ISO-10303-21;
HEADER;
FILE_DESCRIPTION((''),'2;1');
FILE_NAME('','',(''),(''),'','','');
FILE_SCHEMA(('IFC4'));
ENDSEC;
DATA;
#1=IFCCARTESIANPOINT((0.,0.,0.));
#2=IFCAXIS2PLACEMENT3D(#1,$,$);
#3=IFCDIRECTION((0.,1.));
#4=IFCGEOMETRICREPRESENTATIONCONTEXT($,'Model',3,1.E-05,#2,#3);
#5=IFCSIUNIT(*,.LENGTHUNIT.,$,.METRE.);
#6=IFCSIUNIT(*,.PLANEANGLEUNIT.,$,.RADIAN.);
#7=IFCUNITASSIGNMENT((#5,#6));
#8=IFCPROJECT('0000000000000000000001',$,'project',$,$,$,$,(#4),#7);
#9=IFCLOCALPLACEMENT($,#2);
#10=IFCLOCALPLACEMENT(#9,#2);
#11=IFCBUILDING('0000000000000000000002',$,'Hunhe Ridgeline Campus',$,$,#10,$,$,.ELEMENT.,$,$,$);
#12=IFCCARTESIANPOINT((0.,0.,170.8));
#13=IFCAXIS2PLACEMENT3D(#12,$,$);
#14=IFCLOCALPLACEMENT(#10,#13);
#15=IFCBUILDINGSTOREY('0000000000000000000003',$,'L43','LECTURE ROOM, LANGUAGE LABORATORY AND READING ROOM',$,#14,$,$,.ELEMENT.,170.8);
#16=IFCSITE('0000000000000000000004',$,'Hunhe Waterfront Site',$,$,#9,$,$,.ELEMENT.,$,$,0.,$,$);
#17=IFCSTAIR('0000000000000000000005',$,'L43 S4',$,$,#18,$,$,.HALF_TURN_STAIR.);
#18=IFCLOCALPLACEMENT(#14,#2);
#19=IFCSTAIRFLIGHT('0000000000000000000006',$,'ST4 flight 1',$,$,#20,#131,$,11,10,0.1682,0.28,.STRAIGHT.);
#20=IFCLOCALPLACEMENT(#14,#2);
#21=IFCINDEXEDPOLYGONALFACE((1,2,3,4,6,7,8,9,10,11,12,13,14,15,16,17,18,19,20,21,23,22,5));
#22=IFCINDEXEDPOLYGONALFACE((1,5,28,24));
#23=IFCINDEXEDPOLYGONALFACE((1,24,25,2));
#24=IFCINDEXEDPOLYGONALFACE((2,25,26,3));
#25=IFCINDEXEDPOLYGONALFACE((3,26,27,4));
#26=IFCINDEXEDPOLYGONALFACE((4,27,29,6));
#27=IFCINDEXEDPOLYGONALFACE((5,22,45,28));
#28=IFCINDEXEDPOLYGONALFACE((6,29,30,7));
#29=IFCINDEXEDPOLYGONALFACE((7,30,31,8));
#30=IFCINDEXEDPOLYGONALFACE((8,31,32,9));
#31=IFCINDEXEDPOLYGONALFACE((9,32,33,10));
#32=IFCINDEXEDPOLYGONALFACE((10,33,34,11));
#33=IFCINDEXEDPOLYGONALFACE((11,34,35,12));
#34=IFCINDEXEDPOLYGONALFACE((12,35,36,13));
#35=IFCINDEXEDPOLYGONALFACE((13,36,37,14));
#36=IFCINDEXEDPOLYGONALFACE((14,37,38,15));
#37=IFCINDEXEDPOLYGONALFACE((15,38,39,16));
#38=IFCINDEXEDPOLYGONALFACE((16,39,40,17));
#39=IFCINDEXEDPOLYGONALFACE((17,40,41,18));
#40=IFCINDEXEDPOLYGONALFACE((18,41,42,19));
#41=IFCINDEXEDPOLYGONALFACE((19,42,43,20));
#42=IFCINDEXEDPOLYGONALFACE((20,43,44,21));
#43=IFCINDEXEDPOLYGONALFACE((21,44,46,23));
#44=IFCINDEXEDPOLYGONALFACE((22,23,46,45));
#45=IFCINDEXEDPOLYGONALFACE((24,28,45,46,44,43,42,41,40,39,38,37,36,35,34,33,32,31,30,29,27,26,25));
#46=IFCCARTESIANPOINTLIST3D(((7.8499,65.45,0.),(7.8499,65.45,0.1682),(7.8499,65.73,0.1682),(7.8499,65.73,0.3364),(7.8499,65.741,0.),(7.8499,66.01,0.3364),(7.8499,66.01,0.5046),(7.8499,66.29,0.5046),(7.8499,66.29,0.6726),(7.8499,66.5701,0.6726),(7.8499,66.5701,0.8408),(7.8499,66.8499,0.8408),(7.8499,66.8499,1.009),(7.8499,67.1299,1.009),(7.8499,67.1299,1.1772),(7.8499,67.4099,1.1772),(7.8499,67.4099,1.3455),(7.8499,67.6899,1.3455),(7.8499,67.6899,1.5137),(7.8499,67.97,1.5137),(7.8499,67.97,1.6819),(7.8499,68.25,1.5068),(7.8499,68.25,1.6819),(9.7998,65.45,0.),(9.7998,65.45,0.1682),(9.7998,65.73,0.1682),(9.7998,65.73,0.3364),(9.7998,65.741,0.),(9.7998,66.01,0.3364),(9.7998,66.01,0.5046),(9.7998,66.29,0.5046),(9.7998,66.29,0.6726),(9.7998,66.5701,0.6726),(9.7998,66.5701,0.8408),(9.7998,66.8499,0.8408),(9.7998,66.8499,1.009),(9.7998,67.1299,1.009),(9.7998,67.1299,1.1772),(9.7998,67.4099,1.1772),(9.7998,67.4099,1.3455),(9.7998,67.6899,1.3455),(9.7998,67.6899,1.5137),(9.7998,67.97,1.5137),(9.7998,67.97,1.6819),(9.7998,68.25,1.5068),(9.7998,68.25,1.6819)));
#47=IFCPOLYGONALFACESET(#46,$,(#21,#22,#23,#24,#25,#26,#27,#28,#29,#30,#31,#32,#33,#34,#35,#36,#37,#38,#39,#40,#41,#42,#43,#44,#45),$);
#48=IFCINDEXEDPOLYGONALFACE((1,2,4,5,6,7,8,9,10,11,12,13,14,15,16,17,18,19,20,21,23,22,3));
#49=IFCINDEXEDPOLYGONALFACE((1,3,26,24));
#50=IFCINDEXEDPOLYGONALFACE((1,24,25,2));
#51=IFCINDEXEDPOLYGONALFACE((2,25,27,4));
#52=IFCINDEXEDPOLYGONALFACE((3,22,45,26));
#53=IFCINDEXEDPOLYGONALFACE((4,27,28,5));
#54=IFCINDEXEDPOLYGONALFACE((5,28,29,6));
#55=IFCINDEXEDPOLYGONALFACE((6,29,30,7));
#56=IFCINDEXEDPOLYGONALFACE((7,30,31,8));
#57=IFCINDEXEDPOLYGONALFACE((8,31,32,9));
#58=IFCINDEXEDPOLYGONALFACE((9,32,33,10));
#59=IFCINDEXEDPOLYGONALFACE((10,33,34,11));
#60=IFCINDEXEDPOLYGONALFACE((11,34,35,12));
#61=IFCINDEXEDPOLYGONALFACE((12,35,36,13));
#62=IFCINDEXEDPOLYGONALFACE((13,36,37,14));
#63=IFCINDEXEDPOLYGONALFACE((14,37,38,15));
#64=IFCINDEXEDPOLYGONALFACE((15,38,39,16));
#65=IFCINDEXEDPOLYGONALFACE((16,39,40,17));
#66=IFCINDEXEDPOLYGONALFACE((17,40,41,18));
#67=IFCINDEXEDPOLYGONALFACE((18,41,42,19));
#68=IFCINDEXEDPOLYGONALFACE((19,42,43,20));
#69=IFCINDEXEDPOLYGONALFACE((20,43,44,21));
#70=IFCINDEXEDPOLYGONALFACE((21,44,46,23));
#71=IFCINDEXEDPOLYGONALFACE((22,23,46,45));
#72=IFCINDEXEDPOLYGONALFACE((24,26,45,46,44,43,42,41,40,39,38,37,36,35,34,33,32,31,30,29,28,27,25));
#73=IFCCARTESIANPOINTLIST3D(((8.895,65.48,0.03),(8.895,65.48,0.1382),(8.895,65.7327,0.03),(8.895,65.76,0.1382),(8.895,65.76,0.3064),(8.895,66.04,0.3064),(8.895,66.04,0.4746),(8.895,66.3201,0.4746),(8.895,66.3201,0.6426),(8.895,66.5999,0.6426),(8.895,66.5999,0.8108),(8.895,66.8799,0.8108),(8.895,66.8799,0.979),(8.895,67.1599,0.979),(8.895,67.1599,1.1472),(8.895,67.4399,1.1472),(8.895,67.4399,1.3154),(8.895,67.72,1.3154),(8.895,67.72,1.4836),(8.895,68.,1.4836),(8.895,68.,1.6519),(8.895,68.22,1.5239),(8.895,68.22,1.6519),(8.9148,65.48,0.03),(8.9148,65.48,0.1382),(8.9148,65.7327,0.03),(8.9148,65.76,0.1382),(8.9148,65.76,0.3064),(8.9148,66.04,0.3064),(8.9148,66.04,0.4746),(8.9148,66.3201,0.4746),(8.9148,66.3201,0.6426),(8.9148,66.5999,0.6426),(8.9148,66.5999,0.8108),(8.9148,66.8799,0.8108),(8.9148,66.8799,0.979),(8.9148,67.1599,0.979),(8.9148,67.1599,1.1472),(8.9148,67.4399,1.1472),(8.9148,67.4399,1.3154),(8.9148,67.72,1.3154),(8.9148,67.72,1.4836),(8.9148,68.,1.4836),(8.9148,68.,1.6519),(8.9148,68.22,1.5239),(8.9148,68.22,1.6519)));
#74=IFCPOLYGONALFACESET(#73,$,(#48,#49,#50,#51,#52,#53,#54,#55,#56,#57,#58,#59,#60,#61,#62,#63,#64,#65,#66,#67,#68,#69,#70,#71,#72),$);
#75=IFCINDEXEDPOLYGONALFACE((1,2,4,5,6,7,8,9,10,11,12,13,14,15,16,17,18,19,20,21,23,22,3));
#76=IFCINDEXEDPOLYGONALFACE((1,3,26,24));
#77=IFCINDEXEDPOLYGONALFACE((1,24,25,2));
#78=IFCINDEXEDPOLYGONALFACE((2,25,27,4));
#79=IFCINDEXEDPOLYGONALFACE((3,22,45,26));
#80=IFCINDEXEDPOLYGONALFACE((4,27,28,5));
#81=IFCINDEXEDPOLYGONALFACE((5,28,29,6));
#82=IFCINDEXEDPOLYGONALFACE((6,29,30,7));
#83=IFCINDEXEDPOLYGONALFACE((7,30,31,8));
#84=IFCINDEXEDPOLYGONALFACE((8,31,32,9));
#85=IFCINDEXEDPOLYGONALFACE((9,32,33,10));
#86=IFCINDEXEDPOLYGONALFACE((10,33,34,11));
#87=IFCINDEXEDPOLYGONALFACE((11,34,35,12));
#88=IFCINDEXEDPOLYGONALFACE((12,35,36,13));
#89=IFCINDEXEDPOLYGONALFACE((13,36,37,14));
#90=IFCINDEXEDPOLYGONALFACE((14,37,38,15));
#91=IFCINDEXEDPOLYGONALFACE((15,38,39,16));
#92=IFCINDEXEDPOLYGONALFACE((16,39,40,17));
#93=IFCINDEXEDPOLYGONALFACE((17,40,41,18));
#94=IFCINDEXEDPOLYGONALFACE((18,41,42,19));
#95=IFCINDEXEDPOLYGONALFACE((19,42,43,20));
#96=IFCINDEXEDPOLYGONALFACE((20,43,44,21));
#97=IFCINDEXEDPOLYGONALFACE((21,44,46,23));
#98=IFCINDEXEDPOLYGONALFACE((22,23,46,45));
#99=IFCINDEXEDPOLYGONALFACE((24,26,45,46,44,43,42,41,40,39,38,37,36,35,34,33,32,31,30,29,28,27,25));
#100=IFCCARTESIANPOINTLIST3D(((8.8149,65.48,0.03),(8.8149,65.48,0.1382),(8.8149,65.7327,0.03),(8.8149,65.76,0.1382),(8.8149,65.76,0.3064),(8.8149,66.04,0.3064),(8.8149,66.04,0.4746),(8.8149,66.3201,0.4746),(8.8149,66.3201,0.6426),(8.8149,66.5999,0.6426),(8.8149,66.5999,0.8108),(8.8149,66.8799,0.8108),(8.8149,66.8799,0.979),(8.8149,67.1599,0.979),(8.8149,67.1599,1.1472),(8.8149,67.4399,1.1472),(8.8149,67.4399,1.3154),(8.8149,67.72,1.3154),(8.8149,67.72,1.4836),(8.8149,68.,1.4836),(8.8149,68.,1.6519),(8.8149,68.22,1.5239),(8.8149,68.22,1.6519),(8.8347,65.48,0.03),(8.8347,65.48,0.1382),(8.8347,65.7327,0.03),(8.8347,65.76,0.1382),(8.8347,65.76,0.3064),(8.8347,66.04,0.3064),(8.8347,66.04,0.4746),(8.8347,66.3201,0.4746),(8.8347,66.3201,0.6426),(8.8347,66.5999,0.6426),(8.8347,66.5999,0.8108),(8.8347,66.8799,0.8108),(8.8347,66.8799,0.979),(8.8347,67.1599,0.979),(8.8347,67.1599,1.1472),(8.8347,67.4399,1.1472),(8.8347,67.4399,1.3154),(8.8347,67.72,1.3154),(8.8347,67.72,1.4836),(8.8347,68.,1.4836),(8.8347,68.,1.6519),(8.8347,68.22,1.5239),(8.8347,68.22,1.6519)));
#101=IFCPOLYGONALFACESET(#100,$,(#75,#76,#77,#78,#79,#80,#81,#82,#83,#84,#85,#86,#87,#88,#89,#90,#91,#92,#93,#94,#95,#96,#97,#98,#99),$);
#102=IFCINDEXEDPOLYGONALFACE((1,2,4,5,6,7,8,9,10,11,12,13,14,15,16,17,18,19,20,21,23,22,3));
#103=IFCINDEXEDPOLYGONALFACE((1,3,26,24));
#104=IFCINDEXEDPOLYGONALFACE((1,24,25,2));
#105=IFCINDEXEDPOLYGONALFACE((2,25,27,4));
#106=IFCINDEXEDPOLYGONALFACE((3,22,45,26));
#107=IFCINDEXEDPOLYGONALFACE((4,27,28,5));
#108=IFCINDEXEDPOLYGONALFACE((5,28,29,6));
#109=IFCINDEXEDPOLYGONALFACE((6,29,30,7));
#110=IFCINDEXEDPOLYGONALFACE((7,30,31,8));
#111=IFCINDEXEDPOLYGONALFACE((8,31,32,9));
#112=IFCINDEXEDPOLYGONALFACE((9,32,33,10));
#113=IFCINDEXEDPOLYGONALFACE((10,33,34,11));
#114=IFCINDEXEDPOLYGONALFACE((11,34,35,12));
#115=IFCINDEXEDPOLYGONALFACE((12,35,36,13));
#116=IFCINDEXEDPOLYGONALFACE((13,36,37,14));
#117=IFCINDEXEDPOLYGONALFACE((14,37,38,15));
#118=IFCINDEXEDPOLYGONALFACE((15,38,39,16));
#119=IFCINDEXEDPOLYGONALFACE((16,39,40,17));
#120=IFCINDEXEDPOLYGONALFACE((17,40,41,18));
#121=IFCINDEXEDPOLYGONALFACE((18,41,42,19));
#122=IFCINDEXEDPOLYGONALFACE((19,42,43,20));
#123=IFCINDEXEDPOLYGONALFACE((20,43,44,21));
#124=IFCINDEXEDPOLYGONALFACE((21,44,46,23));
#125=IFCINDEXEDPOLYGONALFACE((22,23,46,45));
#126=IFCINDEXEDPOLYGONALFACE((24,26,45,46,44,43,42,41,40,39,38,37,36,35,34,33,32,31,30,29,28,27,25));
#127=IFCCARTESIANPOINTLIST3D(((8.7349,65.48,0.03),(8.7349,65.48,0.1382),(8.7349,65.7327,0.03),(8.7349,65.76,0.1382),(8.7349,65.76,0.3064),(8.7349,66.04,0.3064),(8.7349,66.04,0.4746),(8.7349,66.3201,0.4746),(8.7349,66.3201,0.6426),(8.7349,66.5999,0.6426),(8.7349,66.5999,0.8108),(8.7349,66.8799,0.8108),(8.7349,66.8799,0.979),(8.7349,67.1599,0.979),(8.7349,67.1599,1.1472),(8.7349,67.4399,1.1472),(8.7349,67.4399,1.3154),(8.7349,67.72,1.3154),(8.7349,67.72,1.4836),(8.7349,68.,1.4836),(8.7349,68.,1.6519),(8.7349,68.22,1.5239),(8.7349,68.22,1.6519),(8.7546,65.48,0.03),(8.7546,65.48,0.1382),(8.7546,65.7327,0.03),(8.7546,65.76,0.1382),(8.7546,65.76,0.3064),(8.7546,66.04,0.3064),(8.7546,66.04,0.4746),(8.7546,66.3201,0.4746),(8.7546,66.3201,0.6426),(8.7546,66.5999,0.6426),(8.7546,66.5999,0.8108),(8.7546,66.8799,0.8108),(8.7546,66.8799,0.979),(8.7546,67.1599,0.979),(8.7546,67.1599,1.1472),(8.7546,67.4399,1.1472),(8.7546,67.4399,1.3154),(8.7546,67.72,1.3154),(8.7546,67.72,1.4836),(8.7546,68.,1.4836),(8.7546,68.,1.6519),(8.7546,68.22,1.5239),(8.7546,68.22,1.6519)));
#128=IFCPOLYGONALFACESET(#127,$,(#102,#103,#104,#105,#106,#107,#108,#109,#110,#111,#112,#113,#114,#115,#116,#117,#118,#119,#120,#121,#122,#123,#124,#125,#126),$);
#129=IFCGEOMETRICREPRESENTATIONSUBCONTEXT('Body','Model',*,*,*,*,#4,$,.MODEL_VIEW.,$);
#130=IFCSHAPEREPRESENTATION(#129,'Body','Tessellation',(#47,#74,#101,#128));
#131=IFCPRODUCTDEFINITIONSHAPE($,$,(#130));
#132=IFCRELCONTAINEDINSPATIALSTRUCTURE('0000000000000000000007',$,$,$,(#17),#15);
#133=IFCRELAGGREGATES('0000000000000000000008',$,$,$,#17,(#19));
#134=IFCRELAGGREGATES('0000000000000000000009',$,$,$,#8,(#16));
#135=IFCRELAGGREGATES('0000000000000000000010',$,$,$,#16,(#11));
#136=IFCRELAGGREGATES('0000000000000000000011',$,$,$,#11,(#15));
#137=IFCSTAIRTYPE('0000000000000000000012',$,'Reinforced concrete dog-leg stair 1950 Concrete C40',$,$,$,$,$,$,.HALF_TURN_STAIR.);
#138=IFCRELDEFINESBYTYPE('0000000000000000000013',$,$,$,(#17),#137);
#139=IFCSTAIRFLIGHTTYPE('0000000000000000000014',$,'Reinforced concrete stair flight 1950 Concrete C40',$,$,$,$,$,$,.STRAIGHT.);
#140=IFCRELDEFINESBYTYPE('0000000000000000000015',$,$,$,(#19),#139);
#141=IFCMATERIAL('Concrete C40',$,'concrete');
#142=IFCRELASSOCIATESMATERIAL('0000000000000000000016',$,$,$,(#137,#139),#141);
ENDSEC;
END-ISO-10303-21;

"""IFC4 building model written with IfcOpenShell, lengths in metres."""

from ifc_helpers import new_model, si_unit, direction, frame, origin, place, context, subcontext, project, spatial, polyline, outline, extrude, material, type_object, element, aggregate, save


model = new_model("IFC4")

# Units and contexts
model_context = context("Model", 3, precision=1e-05, world=origin(), true_north=direction((0.0, 1.0)))
body_context = subcontext(model_context, "Body", "Model", "MODEL_VIEW")
ifc_project = project(units=[si_unit("LENGTHUNIT", "METRE"), si_unit("PLANEANGLEUNIT", "RADIAN")], contexts=[model_context])

# Site, building, storey
site_placement = place(None, origin())
site = spatial("IfcSite", under=ifc_project, at=site_placement, Name="Hunhe Waterfront Site", CompositionType="ELEMENT", RefElevation=0.0)
building_placement = place(site_placement, origin())
building = spatial("IfcBuilding", under=site, at=building_placement, Name="Hunhe Ridgeline Campus", CompositionType="ELEMENT")
storey_placement = place(building_placement, frame((0.0, 0.0, 170.8)))
storey = spatial("IfcBuildingStorey", under=building, at=storey_placement, Name="L43", Description="LECTURE ROOM, LANGUAGE LABORATORY AND READING ROOM", CompositionType="ELEMENT", Elevation=170.8)

# Stair, stair flight
ifc_material_1 = material(Name="Concrete C40", Category="concrete")
stair_type = type_object("IfcStairType", Name="Reinforced concrete dog-leg stair 1950 Concrete C40", PredefinedType="HALF_TURN_STAIR", material=ifc_material_1)
stair_flight_type = type_object("IfcStairFlightType", Name="Reinforced concrete stair flight 1950 Concrete C40", PredefinedType="STRAIGHT", material=ifc_material_1)
stair_1_placement = place(storey_placement, origin())
stair_1 = element("IfcStair", 1, at=stair_1_placement, inside=storey, type_object=stair_type, Name="L43 S4", PredefinedType="HALF_TURN_STAIR")
stair_flight_1_placement = place(storey_placement, frame((8.825, 65.45, 0.0), z_axis=(0.0, 0.0, 1.0), x_axis=(0.0, 1.0, 0.0)))
stair_flight_1 = element("IfcStairFlight", 2, at=stair_flight_1_placement, type_object=stair_flight_type, Name="ST4 flight 1", NumberOfRisers=11, NumberOfTreads=10, PredefinedType="STRAIGHT", RiserHeight=0.1682, TreadLength=0.28, context=body_context, shape_type="SweptSolid", body=[
    extrude(outline(polyline([(0.0, 0.0), (0.0, 0.1682), (0.28, 0.1682), (0.28, 0.3364), (0.5601, 0.3364), (0.5601, 0.5046), (0.8401, 0.5046), (0.8401, 0.6726), (1.1201, 0.6726), (1.1201, 0.8408), (1.3999, 0.8408), (1.3999, 1.009), (1.6799, 1.009), (1.6799, 1.1772), (1.96, 1.1772), (1.96, 1.3455), (2.24, 1.3455), (2.24, 1.5137), (2.52, 1.5137), (2.52, 1.6819), (2.8, 1.6819), (2.8, 1.8501), (2.8, 1.5068), (0.291, 0.0), (0.0, 0.0)])), frame((0.0, 0.9751, 0.0), z_axis=(0.0, -1.0, 0.0), x_axis=(1.0, 0.0, 0.0)), (0.0, 0.0, 1.0), 1.95),
    extrude(outline(polyline([(0.03, 0.03), (0.03, 0.1382), (0.3101, 0.1382), (0.3101, 0.3064), (0.5901, 0.3064), (0.5901, 0.4746), (0.8701, 0.4746), (0.8701, 0.6426), (1.1499, 0.6426), (1.1499, 0.8108), (1.4299, 0.8108), (1.4299, 0.979), (1.71, 0.979), (1.71, 1.1472), (1.99, 1.1472), (1.99, 1.3154), (2.27, 1.3154), (2.27, 1.4836), (2.55, 1.4836), (2.55, 1.6519), (2.77, 1.6519), (2.77, 1.5239), (0.2827, 0.03), (0.03, 0.03)])), frame((0.0, -0.0701, 0.0), z_axis=(0.0, -1.0, 0.0), x_axis=(1.0, 0.0, 0.0)), (0.0, 0.0, 1.0), 0.0198),
    extrude(outline(polyline([(0.03, 0.03), (0.03, 0.1382), (0.3101, 0.1382), (0.3101, 0.3064), (0.5901, 0.3064), (0.5901, 0.4746), (0.8701, 0.4746), (0.8701, 0.6426), (1.1499, 0.6426), (1.1499, 0.8108), (1.4299, 0.8108), (1.4299, 0.979), (1.71, 0.979), (1.71, 1.1472), (1.99, 1.1472), (1.99, 1.3154), (2.27, 1.3154), (2.27, 1.4836), (2.55, 1.4836), (2.55, 1.6519), (2.77, 1.6519), (2.77, 1.5239), (0.2827, 0.03), (0.03, 0.03)])), frame((0.0, 0.01, 0.0), z_axis=(0.0, -1.0, 0.0), x_axis=(1.0, 0.0, 0.0)), (0.0, 0.0, 1.0), 0.0198),
    extrude(outline(polyline([(0.03, 0.03), (0.03, 0.1382), (0.3101, 0.1382), (0.3101, 0.3064), (0.5901, 0.3064), (0.5901, 0.4746), (0.8701, 0.4746), (0.8701, 0.6426), (1.1499, 0.6426), (1.1499, 0.8108), (1.4299, 0.8108), (1.4299, 0.979), (1.71, 0.979), (1.71, 1.1472), (1.99, 1.1472), (1.99, 1.3154), (2.27, 1.3154), (2.27, 1.4836), (2.55, 1.4836), (2.55, 1.6519), (2.77, 1.6519), (2.77, 1.5239), (0.2827, 0.03), (0.03, 0.03)])), frame((0.0, 0.0901, 0.0), z_axis=(0.0, -1.0, 0.0), x_axis=(1.0, 0.0, 0.0)), (0.0, 0.0, 1.0), 0.0198),
])
aggregate(stair_1, [stair_flight_1])

save(model, "model.ifc")
